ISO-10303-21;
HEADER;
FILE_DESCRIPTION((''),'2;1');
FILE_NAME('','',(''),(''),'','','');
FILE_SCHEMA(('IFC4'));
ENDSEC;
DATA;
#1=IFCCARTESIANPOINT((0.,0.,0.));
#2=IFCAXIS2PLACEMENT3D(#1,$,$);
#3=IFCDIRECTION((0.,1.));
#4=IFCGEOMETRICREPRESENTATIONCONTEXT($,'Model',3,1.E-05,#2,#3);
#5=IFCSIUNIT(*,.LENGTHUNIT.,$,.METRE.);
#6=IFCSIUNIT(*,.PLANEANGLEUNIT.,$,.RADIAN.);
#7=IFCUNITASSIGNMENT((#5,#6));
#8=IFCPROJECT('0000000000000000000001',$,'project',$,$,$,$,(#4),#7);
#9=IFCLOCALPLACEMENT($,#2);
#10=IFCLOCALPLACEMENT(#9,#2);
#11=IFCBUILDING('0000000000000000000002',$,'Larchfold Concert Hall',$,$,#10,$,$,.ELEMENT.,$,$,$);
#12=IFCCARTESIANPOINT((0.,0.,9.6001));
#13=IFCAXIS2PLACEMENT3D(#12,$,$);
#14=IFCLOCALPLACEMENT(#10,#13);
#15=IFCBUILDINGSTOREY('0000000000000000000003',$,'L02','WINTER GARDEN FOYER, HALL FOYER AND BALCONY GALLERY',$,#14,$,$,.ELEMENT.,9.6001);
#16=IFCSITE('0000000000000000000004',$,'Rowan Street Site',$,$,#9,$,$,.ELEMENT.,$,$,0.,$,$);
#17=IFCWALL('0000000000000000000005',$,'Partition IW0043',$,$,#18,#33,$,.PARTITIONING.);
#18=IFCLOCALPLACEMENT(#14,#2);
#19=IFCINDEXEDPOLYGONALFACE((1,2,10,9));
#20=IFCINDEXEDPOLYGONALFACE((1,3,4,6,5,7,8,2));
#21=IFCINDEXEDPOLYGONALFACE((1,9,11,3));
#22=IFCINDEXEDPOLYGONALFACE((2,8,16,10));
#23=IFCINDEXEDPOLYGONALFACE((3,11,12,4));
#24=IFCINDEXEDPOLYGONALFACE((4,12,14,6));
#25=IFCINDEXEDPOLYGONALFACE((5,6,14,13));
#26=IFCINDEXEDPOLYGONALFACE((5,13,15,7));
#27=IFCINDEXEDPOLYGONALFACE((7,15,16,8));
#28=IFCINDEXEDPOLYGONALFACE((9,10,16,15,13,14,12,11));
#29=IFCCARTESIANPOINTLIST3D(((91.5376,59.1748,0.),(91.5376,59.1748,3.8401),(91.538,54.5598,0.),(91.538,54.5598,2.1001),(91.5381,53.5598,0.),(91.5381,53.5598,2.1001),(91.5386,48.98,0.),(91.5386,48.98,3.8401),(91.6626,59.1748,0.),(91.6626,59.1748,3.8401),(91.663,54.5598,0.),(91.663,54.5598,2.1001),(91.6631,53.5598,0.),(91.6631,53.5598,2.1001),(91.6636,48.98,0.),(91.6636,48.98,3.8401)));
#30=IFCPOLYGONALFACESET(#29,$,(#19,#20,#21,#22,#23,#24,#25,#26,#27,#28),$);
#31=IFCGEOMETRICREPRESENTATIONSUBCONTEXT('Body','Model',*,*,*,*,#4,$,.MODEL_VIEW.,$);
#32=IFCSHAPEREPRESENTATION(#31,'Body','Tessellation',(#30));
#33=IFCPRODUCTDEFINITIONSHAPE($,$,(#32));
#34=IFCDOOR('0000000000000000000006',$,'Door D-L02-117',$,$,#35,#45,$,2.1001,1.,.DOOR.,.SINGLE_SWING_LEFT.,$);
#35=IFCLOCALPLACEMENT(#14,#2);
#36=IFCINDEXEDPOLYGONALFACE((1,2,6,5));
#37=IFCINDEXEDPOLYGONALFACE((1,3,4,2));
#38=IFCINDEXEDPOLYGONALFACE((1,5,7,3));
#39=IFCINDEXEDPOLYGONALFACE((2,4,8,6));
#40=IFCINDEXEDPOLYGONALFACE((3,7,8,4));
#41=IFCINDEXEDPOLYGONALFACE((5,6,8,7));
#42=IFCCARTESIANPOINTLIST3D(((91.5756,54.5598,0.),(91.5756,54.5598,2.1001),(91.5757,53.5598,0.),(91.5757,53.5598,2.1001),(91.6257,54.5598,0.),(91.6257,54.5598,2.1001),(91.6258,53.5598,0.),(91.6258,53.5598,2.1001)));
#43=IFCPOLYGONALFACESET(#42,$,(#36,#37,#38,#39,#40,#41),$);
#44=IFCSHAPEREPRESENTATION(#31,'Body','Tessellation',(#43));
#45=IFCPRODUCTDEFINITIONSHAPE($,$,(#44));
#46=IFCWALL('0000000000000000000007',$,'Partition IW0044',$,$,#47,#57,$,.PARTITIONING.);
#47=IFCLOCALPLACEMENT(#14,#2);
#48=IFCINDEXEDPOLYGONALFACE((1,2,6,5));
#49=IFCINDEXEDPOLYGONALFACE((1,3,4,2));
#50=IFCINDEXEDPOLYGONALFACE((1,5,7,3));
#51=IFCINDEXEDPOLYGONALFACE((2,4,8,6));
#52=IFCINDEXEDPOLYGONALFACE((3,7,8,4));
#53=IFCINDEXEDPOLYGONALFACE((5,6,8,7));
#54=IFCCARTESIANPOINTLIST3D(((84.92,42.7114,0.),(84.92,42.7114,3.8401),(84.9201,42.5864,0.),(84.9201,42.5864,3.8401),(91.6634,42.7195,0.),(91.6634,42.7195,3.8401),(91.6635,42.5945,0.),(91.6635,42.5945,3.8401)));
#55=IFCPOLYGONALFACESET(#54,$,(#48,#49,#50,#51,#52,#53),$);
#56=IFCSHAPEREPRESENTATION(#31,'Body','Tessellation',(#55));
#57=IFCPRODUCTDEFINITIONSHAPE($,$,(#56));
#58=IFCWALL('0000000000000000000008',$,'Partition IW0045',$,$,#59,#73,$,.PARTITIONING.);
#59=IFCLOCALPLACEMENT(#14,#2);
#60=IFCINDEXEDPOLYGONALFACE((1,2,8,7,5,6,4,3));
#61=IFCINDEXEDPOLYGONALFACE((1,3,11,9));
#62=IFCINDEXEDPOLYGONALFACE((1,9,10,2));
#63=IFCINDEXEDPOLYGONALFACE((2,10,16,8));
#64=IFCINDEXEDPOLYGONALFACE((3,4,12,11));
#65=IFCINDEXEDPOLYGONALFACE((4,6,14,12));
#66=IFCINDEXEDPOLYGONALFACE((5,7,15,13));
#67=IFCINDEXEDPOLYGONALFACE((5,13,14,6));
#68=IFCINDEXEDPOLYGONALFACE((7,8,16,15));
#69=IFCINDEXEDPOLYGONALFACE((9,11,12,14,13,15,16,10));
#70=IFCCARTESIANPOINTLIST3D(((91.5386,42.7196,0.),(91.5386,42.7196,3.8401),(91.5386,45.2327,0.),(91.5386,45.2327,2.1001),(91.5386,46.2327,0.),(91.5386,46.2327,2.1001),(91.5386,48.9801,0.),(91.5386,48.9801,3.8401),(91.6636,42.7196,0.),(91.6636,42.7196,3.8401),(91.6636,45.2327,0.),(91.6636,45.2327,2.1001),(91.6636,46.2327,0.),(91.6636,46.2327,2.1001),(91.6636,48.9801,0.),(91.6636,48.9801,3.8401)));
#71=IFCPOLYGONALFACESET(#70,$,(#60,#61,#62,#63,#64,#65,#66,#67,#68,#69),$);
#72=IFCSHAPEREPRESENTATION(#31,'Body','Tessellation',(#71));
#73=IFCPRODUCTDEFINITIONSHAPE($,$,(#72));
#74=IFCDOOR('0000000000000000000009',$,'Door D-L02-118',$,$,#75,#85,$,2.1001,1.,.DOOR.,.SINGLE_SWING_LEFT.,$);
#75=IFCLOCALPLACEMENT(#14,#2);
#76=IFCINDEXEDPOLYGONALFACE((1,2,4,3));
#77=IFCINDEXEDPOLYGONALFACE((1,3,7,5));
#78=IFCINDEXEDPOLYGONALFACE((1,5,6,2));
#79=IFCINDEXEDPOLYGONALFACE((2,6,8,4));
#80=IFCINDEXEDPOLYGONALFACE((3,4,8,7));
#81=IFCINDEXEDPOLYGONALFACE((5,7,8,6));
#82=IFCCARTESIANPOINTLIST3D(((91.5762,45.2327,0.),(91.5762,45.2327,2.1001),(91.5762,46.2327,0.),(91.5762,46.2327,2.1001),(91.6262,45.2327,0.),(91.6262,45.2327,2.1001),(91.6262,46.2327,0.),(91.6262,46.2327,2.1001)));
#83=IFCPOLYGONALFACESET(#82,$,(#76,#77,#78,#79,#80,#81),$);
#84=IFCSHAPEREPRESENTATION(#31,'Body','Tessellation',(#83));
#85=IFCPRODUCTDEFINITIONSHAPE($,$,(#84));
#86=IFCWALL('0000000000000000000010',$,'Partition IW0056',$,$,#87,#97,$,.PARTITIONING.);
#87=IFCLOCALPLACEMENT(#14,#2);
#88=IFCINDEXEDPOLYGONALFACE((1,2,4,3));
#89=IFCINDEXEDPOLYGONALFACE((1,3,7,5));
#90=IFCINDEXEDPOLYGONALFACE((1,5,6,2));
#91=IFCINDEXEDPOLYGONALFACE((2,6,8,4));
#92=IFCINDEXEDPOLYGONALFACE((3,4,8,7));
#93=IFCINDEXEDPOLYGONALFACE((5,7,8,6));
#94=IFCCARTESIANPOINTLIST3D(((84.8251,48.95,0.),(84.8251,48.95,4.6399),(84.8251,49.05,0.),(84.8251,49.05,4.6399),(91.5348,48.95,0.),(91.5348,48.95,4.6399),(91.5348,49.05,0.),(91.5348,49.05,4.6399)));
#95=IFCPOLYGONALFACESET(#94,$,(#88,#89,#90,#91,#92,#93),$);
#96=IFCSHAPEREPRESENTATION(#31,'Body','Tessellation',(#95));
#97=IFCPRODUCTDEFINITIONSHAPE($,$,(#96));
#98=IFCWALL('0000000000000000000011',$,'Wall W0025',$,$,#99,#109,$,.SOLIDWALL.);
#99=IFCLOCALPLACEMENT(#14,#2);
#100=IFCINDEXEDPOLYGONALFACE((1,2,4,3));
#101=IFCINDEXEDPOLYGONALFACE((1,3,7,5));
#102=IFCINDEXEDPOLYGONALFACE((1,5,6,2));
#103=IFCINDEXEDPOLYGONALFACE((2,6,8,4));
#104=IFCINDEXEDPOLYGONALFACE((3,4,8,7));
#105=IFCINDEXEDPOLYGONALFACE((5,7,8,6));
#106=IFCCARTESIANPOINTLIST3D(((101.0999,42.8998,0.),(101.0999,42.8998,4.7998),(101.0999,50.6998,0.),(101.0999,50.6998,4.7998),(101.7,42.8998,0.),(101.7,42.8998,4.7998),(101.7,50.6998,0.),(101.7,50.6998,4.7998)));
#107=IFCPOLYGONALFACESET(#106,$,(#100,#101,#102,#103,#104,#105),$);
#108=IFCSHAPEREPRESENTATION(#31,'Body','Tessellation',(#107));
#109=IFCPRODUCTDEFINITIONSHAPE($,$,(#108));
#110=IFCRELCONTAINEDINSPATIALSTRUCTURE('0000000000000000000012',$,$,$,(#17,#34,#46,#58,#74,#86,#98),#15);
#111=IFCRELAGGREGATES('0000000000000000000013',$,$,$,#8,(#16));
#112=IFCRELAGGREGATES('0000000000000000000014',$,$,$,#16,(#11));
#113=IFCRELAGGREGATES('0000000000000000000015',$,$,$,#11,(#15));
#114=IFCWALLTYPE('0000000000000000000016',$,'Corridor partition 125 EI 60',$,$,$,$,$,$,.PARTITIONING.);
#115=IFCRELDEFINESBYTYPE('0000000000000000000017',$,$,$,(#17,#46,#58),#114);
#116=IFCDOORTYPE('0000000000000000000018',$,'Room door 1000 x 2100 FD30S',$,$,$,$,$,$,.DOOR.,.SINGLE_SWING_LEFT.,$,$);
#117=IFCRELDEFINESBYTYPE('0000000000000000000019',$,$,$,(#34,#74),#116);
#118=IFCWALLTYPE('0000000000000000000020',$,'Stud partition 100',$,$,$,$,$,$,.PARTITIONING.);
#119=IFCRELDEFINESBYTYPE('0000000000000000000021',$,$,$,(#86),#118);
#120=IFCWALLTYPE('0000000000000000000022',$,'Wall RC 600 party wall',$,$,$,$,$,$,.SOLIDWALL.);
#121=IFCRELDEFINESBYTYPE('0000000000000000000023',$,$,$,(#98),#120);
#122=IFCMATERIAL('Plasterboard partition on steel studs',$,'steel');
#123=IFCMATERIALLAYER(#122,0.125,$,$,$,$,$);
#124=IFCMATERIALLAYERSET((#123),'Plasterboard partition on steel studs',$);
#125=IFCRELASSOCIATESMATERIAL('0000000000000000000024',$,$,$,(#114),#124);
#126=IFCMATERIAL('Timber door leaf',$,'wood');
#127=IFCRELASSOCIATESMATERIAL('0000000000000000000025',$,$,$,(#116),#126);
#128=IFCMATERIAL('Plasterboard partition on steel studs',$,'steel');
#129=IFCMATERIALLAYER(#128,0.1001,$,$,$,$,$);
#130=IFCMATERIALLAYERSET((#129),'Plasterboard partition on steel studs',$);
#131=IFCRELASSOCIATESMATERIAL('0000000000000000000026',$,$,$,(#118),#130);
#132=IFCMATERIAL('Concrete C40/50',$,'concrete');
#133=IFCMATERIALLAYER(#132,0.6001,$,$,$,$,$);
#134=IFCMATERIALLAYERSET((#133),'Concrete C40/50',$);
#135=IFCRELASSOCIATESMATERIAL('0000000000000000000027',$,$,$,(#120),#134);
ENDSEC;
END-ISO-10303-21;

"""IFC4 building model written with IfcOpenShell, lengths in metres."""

from ifc_helpers import new_model, si_unit, direction, frame, frame_2d, origin, place, context, subcontext, project, spatial, rectangle, extrude, material, layer, layer_set, type_object, element, fill, save


model = new_model("IFC4")

# Units and contexts
model_context = context("Model", 3, precision=1e-05, world=origin(), true_north=direction((0.0, 1.0)))
body_context = subcontext(model_context, "Body", "Model", "MODEL_VIEW")
ifc_project = project(units=[si_unit("LENGTHUNIT", "METRE"), si_unit("PLANEANGLEUNIT", "RADIAN")], contexts=[model_context])

# Site, building, storey
site_placement = place(None, origin())
site = spatial("IfcSite", under=ifc_project, at=site_placement, Name="Rowan Street Site", CompositionType="ELEMENT", RefElevation=0.0)
building_placement = place(site_placement, origin())
building = spatial("IfcBuilding", under=site, at=building_placement, Name="Larchfold Concert Hall", CompositionType="ELEMENT")
storey_placement = place(building_placement, frame((0.0, 0.0, 9.6001)))
storey = spatial("IfcBuildingStorey", under=building, at=storey_placement, Name="L02", Description="WINTER GARDEN FOYER, HALL FOYER AND BALCONY GALLERY", CompositionType="ELEMENT", Elevation=9.6001)

# Wall, opening, door
ifc_material_1 = material(Name="Plasterboard partition on steel studs", Category="steel")
ifc_layer_1 = layer(ifc_material_1, 0.125)
ifc_layer_set_1 = layer_set([ifc_layer_1], Name="Plasterboard partition on steel studs")
wall_type_1 = type_object("IfcWallType", Name="Corridor partition 125 EI 60", PredefinedType="PARTITIONING", material=ifc_layer_set_1)
wall_1_placement = place(storey_placement, frame((91.6011, 48.98, 0.0), z_axis=(0.0, 0.0, 1.0), x_axis=(-0.000096, 1.0, 0.0)))
wall_1 = element("IfcWall", 1, at=wall_1_placement, inside=storey, type_object=wall_type_1, Name="Partition IW0043", PredefinedType="PARTITIONING", context=body_context, shape_type="SweptSolid", body=[
    extrude(rectangle(XDim=10.1948, YDim=0.125, at=frame_2d((5.0974, 0.0))), origin(), (0.0, 0.0, 1.0), 3.8401),
])
opening_1_placement = place(wall_1_placement, frame((4.5798, 0.0, 0.0)))
opening_1 = element("IfcOpeningElement", 2, at=opening_1_placement, cuts=wall_1, PredefinedType="OPENING", context=body_context, shape_type="SweptSolid", body=[
    extrude(rectangle(XDim=1.0, YDim=2.1001, at=frame_2d((0.5, 1.05))), frame((0.0, 0.0725, 0.0), z_axis=(0.0, -1.0, 0.0), x_axis=(1.0, 0.0, 0.0)), (0.0, 0.0, 1.0), 0.145),
])
ifc_material_2 = material(Name="Timber door leaf", Category="wood")
door_type = type_object("IfcDoorType", Name="Room door 1000 x 2100 FD30S", OperationType="SINGLE_SWING_LEFT", PredefinedType="DOOR", material=ifc_material_2)
door_1_placement = place(opening_1_placement, origin())
door_1 = element("IfcDoor", 3, at=door_1_placement, inside=storey, type_object=door_type, Name="Door D-L02-117", OperationType="SINGLE_SWING_LEFT", OverallHeight=2.1001, OverallWidth=1.0, PredefinedType="DOOR", context=body_context, shape_type="SweptSolid", body=[
    extrude(rectangle(XDim=1.0, YDim=2.1001, at=frame_2d((0.5, 1.05))), frame((0.0, 0.0249, 0.0), z_axis=(0.0, -1.0, 0.0), x_axis=(1.0, 0.0, 0.0)), (0.0, 0.0, 1.0), 0.05),
])
fill(opening_1, door_1)

# Wall
wall_2_placement = place(storey_placement, frame((84.9202, 42.6489, 0.0), z_axis=(0.0, 0.0, 1.0), x_axis=(0.999999, 0.001195, 0.0)))
element("IfcWall", 4, at=wall_2_placement, inside=storey, type_object=wall_type_1, Name="Partition IW0044", PredefinedType="PARTITIONING", context=body_context, shape_type="SweptSolid", body=[
    extrude(rectangle(XDim=6.7434, YDim=0.125, at=frame_2d((3.3716, 0.0))), origin(), (0.0, 0.0, 1.0), 3.8401),
])

# Wall, opening, door
wall_3_placement = place(storey_placement, frame((91.6011, 42.7195, 0.0), z_axis=(0.0, 0.0, 1.0), x_axis=(0.0, 1.0, 0.0)))
wall_3 = element("IfcWall", 5, at=wall_3_placement, inside=storey, type_object=wall_type_1, Name="Partition IW0045", PredefinedType="PARTITIONING", context=body_context, shape_type="SweptSolid", body=[
    extrude(rectangle(XDim=6.2605, YDim=0.125, at=frame_2d((3.1304, 0.0))), origin(), (0.0, 0.0, 1.0), 3.8401),
])
opening_2_placement = place(wall_3_placement, frame((2.5132, 0.0, 0.0)))
opening_2 = element("IfcOpeningElement", 6, at=opening_2_placement, cuts=wall_3, PredefinedType="OPENING", context=body_context, shape_type="SweptSolid", body=[
    extrude(rectangle(XDim=1.0, YDim=2.1001, at=frame_2d((0.5, 1.05))), frame((0.0, 0.0725, 0.0), z_axis=(0.0, -1.0, 0.0), x_axis=(1.0, 0.0, 0.0)), (0.0, 0.0, 1.0), 0.145),
])
door_2_placement = place(opening_2_placement, origin())
door_2 = element("IfcDoor", 7, at=door_2_placement, inside=storey, type_object=door_type, Name="Door D-L02-118", OperationType="SINGLE_SWING_LEFT", OverallHeight=2.1001, OverallWidth=1.0, PredefinedType="DOOR", context=body_context, shape_type="SweptSolid", body=[
    extrude(rectangle(XDim=1.0, YDim=2.1001, at=frame_2d((0.5, 1.05))), frame((0.0, 0.0249, 0.0), z_axis=(0.0, -1.0, 0.0), x_axis=(1.0, 0.0, 0.0)), (0.0, 0.0, 1.0), 0.05),
])
fill(opening_2, door_2)

# Walls
ifc_material_3 = material(Name="Plasterboard partition on steel studs", Category="steel")
ifc_layer_2 = layer(ifc_material_3, 0.1001)
ifc_layer_set_2 = layer_set([ifc_layer_2], Name="Plasterboard partition on steel studs")
wall_type_2 = type_object("IfcWallType", Name="Stud partition 100", PredefinedType="PARTITIONING", material=ifc_layer_set_2)
wall_4_placement = place(storey_placement, frame((91.5349, 49.0, 0.0), z_axis=(0.0, 0.0, 1.0), x_axis=(-1.0, 0.0, 0.0)))
element("IfcWall", 8, at=wall_4_placement, inside=storey, type_object=wall_type_2, Name="Partition IW0056", PredefinedType="PARTITIONING", context=body_context, shape_type="SweptSolid", body=[
    extrude(rectangle(XDim=6.7097, YDim=0.1001, at=frame_2d((3.355, 0.0))), origin(), (0.0, 0.0, 1.0), 4.6399),
])
ifc_material_4 = material(Name="Concrete C40/50", Category="concrete")
ifc_layer_3 = layer(ifc_material_4, 0.6001)
ifc_layer_set_3 = layer_set([ifc_layer_3], Name="Concrete C40/50")
wall_type_3 = type_object("IfcWallType", Name="Wall RC 600 party wall", PredefinedType="SOLIDWALL", material=ifc_layer_set_3)
wall_5_placement = place(storey_placement, frame((101.3999, 42.8999, 0.0), z_axis=(0.0, 0.0, 1.0), x_axis=(0.0, 1.0, 0.0)))
element("IfcWall", 9, at=wall_5_placement, inside=storey, type_object=wall_type_3, Name="Wall W0025", PredefinedType="SOLIDWALL", context=body_context, shape_type="SweptSolid", body=[
    extrude(rectangle(XDim=7.8, YDim=0.6001, at=frame_2d((3.8999, 0.0))), origin(), (0.0, 0.0, 1.0), 4.7998),
])

save(model, "model.ifc")
